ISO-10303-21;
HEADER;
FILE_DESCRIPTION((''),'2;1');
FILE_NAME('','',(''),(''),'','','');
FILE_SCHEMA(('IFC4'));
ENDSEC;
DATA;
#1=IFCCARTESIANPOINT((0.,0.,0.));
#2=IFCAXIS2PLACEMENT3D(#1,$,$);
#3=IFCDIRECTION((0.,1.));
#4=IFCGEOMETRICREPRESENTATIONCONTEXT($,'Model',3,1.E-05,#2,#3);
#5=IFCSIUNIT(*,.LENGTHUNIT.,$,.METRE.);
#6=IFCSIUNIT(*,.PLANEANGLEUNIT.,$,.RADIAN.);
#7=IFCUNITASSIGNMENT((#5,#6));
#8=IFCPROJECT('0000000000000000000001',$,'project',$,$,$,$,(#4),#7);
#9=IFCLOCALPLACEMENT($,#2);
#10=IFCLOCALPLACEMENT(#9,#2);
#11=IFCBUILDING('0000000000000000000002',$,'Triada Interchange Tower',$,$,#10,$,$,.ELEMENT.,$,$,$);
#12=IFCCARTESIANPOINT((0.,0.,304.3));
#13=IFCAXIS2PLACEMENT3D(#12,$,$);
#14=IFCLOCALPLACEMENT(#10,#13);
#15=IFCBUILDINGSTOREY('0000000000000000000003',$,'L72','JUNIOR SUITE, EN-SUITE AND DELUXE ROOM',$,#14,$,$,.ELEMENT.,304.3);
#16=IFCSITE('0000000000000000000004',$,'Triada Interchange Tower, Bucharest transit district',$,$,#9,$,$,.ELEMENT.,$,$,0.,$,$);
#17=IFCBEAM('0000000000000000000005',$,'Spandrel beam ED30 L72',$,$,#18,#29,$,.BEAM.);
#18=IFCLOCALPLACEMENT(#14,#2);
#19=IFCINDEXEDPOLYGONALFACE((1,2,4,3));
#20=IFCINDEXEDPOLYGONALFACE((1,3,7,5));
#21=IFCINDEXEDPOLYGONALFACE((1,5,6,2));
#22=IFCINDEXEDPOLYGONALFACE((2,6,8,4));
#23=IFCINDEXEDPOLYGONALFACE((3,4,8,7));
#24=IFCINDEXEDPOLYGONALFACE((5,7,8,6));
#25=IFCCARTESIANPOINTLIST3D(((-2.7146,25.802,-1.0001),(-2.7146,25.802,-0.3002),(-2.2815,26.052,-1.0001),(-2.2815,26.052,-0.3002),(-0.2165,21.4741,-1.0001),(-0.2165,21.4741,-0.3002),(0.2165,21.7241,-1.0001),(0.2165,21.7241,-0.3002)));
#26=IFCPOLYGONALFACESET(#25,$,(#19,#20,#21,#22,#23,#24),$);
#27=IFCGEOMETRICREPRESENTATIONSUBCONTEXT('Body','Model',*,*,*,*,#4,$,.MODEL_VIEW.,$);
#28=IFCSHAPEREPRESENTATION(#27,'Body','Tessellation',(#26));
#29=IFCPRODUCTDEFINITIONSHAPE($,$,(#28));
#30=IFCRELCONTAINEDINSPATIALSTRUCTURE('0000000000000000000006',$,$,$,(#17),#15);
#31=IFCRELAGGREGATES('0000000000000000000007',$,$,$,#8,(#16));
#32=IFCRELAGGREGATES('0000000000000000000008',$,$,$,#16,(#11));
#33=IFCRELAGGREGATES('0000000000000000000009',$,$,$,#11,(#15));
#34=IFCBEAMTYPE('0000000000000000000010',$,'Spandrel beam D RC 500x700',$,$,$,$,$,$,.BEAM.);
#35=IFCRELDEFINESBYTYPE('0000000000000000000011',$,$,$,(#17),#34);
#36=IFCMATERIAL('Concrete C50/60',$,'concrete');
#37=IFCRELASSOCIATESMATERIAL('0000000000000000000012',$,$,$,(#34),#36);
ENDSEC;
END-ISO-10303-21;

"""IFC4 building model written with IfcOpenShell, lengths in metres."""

from ifc_helpers import new_model, si_unit, direction, frame, origin, origin_2d, place, context, subcontext, project, spatial, rectangle, extrude, material, material_profile, profile_set, type_object, element, save


model = new_model("IFC4")

# Units and contexts
model_context = context("Model", 3, precision=1e-05, world=origin(), true_north=direction((0.0, 1.0)))
body_context = subcontext(model_context, "Body", "Model", "MODEL_VIEW")
ifc_project = project(units=[si_unit("LENGTHUNIT", "METRE"), si_unit("PLANEANGLEUNIT", "RADIAN")], contexts=[model_context])

# Site, building, storey
site_placement = place(None, origin())
site = spatial("IfcSite", under=ifc_project, at=site_placement, Name="Triada Interchange Tower, Bucharest transit district", CompositionType="ELEMENT", RefElevation=0.0)
building_placement = place(site_placement, origin())
building = spatial("IfcBuilding", under=site, at=building_placement, Name="Triada Interchange Tower", CompositionType="ELEMENT")
storey_placement = place(building_placement, frame((0.0, 0.0, 304.3)))
storey = spatial("IfcBuildingStorey", under=building, at=storey_placement, Name="L72", Description="JUNIOR SUITE, EN-SUITE AND DELUXE ROOM", CompositionType="ELEMENT", Elevation=304.3)

# Beam
ifc_material_1 = material(Name="Concrete C50/60", Category="concrete")
ifc_material_profile_1 = material_profile(ifc_material_1, rectangle(XDim=0.5, YDim=0.7, at=origin_2d()), Name="RC 500x700")
ifc_profile_set_1 = profile_set([ifc_material_profile_1], Name="Concrete C50/60")
beam_type_1 = type_object("IfcBeamType", Name="Spandrel beam D RC 500x700", PredefinedType="BEAM", material=ifc_profile_set_1)
beam_1_placement = place(storey_placement, frame((0.0, 21.5991, -0.6501), z_axis=(-0.499901, 0.866082, 0.0), x_axis=(-0.866082, -0.499901, 0.0)))
element("IfcBeam", 1, at=beam_1_placement, inside=storey, type_object=beam_type_1, Name="Spandrel beam ED30 L72", PredefinedType="BEAM", context=body_context, shape_type="SweptSolid", body=[
    extrude(rectangle(XDim=0.5, YDim=0.7, at=origin_2d()), origin(), (0.0, 0.0, 1.0), 4.9971),
])

save(model, "model.ifc")
